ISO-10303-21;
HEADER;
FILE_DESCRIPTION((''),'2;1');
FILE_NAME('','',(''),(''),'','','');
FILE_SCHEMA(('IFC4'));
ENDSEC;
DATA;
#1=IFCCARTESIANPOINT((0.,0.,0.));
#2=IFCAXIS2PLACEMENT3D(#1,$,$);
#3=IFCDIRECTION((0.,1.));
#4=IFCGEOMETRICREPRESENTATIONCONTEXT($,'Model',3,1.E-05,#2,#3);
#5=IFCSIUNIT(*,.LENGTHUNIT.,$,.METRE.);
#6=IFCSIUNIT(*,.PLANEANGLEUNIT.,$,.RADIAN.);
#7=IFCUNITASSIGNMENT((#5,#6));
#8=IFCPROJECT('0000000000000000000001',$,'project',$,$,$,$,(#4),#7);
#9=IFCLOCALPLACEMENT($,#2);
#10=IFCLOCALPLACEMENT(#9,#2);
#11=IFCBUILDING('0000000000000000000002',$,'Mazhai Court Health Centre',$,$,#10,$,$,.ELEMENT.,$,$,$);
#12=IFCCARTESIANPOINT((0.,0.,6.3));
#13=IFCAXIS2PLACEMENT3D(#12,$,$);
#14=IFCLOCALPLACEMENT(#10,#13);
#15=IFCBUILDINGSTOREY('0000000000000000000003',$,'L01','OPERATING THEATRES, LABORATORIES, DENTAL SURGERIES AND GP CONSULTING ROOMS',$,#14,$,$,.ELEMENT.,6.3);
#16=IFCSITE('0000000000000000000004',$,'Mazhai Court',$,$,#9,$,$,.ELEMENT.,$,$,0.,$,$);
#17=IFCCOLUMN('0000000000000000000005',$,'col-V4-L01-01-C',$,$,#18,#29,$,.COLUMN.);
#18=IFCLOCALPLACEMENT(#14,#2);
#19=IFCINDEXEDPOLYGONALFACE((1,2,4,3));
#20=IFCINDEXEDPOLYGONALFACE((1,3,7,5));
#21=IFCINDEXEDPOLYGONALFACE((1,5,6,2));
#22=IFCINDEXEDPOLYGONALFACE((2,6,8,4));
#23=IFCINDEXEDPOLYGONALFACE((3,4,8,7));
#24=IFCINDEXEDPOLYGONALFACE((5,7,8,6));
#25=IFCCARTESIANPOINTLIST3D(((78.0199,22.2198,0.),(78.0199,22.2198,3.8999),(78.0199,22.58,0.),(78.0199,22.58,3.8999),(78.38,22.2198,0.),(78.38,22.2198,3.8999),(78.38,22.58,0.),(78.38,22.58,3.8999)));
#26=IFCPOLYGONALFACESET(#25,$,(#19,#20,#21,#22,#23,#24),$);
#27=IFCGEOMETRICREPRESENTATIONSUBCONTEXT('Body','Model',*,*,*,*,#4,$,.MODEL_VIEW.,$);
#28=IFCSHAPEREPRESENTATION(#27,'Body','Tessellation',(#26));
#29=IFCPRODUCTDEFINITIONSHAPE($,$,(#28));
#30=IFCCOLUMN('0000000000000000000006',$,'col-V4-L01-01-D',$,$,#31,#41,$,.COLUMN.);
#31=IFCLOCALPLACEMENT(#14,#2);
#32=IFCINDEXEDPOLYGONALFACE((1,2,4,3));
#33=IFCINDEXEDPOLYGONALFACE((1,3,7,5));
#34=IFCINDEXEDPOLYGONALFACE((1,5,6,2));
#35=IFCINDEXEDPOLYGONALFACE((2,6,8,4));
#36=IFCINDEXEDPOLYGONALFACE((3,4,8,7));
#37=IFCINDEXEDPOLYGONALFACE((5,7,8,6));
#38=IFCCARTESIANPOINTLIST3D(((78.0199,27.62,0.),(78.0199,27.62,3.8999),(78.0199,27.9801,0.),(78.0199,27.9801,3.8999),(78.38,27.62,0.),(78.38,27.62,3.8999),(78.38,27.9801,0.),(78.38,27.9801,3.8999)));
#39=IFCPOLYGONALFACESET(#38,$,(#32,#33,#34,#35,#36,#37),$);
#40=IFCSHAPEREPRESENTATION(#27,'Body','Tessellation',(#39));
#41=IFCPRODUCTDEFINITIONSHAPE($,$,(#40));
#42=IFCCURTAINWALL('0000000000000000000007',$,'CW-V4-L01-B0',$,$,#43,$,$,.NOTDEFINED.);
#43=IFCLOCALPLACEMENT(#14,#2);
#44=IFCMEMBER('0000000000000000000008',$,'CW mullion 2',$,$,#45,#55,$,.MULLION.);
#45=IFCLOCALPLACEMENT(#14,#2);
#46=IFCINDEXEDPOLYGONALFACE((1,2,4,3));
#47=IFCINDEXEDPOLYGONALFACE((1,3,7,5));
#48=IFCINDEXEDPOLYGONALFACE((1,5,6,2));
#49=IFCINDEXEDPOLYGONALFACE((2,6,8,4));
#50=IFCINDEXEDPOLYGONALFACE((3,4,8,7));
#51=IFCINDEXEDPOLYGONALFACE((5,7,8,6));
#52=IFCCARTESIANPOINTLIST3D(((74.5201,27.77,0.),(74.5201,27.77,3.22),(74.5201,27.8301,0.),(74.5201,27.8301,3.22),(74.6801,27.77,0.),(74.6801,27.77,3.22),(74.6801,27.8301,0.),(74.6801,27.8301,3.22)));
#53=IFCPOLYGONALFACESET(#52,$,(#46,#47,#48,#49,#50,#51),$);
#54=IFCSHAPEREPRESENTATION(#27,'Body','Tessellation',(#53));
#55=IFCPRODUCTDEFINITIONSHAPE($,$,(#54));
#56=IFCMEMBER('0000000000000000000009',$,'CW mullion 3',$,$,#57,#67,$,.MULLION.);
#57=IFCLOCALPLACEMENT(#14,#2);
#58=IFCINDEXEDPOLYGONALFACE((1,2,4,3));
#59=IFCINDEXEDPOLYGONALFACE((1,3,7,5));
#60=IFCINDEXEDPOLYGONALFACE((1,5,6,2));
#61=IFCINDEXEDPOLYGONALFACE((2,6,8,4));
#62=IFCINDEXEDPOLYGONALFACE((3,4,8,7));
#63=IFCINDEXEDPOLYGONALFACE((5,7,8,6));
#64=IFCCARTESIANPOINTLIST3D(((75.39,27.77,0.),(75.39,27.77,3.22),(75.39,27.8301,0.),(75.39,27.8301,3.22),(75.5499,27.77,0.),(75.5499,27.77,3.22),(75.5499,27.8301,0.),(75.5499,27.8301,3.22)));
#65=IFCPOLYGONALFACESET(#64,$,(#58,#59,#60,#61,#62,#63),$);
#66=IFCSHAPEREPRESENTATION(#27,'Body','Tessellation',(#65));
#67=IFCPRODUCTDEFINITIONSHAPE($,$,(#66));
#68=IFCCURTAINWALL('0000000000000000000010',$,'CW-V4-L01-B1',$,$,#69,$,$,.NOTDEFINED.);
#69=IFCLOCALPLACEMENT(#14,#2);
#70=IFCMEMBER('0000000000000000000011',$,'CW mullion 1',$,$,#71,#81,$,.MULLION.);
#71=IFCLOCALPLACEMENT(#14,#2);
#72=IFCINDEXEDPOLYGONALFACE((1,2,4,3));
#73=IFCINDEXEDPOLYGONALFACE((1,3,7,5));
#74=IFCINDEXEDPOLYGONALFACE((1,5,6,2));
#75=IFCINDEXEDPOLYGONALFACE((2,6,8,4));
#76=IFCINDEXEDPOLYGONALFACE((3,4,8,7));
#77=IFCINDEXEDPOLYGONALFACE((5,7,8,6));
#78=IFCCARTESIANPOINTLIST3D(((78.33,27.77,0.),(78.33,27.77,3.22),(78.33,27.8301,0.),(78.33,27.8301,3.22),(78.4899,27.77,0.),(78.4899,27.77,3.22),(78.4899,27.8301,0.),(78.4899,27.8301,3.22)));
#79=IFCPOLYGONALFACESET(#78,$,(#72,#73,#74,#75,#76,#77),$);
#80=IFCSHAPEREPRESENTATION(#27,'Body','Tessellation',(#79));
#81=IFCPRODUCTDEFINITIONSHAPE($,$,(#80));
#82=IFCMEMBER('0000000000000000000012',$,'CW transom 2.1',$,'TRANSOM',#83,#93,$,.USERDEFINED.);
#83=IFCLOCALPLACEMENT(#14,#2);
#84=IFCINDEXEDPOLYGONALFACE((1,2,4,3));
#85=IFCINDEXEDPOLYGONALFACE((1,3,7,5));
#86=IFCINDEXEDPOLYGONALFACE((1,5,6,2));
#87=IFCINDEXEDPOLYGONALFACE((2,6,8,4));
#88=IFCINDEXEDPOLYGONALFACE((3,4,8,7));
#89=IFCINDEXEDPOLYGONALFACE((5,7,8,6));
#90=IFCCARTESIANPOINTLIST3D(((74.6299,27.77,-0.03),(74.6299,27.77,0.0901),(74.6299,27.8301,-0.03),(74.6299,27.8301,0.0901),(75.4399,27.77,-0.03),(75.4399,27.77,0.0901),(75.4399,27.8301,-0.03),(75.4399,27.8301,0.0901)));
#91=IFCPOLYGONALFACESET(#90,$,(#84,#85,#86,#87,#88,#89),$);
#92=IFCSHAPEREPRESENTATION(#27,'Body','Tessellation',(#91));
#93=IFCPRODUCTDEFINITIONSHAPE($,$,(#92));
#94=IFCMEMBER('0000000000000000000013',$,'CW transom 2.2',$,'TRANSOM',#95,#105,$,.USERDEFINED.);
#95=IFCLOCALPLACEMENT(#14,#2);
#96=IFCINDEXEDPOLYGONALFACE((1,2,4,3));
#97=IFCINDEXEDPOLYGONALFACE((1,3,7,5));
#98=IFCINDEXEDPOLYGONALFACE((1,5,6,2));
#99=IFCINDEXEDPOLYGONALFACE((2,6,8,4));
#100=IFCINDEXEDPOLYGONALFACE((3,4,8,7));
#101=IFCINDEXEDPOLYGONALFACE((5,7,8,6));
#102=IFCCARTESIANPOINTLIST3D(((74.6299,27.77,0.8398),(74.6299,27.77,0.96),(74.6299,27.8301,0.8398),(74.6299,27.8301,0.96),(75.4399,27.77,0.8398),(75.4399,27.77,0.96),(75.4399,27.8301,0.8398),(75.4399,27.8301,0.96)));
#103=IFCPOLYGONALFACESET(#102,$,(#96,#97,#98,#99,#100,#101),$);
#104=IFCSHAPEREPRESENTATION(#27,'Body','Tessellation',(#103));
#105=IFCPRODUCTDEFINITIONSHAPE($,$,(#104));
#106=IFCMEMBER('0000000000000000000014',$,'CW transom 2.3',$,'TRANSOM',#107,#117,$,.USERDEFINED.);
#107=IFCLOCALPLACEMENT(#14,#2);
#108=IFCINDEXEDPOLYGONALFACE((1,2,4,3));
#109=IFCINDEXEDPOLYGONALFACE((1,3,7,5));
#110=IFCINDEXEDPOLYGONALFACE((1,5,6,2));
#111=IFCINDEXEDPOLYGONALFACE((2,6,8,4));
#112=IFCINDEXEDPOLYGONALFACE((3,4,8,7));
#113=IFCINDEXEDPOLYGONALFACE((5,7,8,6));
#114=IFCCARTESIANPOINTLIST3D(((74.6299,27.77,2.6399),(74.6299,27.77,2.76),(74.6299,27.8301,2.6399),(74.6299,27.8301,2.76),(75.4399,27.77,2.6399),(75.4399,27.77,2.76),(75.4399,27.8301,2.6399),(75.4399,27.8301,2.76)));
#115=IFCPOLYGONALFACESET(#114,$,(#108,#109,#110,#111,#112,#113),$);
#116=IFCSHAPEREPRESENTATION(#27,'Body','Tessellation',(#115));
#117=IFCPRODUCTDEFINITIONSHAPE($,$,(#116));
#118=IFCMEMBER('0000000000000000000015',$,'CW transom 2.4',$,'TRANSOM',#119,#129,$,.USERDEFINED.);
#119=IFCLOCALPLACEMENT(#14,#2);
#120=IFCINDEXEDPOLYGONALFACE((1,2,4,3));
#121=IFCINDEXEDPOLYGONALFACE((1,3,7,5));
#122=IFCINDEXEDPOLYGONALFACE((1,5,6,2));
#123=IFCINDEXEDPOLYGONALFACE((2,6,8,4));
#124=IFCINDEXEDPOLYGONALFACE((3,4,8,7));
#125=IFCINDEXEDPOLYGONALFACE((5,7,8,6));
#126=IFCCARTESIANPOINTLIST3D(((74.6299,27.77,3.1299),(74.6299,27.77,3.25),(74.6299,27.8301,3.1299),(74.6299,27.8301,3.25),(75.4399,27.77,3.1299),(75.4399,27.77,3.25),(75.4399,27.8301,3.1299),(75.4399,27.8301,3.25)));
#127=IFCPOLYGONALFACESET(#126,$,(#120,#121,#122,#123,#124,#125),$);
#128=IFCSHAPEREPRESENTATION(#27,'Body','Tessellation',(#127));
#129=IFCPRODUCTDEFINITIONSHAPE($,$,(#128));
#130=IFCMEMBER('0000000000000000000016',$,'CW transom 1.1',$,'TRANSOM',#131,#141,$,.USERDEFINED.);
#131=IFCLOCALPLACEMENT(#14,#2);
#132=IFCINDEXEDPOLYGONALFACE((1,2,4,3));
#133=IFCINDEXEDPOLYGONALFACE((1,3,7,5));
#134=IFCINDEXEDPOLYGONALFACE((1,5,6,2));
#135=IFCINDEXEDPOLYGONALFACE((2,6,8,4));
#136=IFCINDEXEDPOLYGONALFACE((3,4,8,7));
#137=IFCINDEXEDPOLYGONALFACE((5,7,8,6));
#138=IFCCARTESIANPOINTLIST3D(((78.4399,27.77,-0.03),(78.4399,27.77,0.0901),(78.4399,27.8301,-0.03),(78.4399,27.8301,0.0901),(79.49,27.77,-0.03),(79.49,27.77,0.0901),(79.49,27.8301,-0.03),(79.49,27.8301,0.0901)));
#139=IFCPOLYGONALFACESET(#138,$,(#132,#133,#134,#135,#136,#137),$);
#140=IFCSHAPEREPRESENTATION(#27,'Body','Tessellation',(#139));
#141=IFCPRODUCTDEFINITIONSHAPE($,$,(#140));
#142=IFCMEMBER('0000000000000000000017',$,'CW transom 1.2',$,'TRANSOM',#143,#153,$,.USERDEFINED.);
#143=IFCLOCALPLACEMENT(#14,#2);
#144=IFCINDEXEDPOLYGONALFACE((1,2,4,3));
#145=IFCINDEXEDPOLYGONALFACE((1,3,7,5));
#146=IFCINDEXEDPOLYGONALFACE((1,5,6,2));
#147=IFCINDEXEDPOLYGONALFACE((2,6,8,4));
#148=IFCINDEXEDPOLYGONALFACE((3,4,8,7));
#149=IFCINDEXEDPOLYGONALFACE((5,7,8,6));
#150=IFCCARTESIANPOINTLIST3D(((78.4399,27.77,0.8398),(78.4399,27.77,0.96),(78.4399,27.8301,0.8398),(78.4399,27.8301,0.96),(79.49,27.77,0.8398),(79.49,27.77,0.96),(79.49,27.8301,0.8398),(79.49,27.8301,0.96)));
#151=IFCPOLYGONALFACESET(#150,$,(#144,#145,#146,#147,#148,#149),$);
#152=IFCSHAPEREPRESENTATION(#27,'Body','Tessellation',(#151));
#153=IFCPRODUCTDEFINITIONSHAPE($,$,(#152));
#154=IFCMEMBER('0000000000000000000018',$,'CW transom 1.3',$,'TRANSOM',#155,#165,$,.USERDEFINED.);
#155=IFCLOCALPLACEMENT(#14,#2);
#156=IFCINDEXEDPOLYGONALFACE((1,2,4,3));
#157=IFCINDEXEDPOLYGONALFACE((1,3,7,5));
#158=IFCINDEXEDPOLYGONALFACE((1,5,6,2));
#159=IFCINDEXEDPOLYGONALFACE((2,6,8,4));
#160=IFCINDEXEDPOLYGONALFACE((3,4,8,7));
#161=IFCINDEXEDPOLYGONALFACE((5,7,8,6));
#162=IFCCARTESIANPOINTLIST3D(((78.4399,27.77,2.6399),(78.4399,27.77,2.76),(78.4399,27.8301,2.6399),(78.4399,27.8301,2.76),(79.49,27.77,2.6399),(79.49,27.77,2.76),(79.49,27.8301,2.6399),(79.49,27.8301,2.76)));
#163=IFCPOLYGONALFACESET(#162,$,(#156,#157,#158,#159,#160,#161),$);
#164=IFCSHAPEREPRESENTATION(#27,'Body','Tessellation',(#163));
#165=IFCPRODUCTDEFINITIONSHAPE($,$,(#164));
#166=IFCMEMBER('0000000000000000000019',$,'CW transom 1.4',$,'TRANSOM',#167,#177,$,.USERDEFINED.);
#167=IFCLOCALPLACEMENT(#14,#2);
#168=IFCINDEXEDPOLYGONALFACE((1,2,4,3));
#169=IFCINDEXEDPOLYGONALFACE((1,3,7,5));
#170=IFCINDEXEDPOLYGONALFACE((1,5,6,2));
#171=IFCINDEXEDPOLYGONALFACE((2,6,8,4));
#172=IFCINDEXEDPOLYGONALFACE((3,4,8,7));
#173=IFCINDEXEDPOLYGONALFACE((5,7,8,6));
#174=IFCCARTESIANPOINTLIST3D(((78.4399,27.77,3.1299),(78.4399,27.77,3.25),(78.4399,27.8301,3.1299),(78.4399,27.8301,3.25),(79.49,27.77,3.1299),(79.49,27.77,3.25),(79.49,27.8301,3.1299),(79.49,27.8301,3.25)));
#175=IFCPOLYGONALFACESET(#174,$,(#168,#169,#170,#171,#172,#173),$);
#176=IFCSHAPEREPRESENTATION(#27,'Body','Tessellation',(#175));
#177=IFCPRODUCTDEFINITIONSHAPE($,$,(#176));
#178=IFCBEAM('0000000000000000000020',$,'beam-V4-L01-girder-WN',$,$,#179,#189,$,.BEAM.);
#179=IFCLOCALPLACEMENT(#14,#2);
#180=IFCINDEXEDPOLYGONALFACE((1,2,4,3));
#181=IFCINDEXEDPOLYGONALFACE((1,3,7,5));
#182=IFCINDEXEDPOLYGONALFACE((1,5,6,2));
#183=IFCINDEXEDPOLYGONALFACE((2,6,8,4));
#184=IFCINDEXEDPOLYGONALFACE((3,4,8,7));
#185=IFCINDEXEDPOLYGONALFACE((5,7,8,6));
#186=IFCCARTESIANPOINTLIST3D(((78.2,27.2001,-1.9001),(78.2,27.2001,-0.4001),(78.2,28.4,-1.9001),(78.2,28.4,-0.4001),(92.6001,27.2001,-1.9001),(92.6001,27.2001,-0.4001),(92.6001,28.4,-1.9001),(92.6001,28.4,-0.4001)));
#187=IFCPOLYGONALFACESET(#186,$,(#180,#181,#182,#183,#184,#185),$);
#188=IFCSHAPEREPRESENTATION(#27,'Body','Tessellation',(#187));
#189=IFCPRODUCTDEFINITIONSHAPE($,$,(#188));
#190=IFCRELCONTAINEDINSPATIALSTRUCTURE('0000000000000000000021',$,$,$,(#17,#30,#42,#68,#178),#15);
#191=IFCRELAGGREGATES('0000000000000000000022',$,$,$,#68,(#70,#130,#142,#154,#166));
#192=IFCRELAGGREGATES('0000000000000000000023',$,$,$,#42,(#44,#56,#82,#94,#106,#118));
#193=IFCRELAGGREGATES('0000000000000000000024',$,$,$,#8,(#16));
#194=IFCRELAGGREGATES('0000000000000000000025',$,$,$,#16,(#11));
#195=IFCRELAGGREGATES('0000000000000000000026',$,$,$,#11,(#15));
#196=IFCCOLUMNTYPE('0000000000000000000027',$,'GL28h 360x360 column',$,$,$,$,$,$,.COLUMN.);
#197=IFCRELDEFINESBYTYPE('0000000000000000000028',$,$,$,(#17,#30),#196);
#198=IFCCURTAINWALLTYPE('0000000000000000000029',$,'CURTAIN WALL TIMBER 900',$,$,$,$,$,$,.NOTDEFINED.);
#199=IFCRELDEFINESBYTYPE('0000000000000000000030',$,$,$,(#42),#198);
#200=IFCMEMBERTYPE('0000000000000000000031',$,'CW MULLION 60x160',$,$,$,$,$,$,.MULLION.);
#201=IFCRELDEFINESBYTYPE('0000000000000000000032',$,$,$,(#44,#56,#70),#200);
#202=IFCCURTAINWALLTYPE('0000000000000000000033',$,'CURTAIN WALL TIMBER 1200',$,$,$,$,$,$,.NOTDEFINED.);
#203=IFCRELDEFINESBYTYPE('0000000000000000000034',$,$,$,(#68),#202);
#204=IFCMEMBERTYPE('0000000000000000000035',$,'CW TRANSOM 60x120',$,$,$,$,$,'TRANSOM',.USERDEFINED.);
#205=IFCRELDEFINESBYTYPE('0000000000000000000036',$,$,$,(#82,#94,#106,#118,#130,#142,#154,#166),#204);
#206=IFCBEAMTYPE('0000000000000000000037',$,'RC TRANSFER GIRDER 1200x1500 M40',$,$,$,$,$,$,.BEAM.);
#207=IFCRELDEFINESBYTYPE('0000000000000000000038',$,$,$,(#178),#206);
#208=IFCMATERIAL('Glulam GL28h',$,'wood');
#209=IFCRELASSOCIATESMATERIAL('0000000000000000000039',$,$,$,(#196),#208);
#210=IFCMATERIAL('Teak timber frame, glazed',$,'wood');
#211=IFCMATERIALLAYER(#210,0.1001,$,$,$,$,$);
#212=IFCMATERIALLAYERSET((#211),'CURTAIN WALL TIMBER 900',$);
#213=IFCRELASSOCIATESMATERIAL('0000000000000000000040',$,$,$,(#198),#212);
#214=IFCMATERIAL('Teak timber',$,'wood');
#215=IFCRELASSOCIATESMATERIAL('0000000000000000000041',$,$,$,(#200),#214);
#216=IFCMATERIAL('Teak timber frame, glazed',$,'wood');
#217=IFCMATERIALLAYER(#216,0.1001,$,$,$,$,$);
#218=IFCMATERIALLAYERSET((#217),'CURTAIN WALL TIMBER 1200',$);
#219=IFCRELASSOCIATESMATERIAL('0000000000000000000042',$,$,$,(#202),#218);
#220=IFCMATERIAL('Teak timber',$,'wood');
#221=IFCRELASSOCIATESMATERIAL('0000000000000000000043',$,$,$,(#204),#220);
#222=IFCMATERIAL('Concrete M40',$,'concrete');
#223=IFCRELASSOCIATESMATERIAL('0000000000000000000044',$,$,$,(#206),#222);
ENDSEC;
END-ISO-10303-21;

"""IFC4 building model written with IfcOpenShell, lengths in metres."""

from ifc_helpers import new_model, si_unit, direction, frame, origin, origin_2d, place, context, subcontext, project, spatial, rectangle, extrude, material, layer, layer_set, material_profile, profile_set, type_object, element, aggregate, save


model = new_model("IFC4")

# Units and contexts
model_context = context("Model", 3, precision=1e-05, world=origin(), true_north=direction((0.0, 1.0)))
body_context = subcontext(model_context, "Body", "Model", "MODEL_VIEW")
ifc_project = project(units=[si_unit("LENGTHUNIT", "METRE"), si_unit("PLANEANGLEUNIT", "RADIAN")], contexts=[model_context])

# Site, building, storey
site_placement = place(None, origin())
site = spatial("IfcSite", under=ifc_project, at=site_placement, Name="Mazhai Court", CompositionType="ELEMENT", RefElevation=0.0)
building_placement = place(site_placement, origin())
building = spatial("IfcBuilding", under=site, at=building_placement, Name="Mazhai Court Health Centre", CompositionType="ELEMENT")
storey_placement = place(building_placement, frame((0.0, 0.0, 6.3)))
storey = spatial("IfcBuildingStorey", under=building, at=storey_placement, Name="L01", Description="OPERATING THEATRES, LABORATORIES, DENTAL SURGERIES AND GP CONSULTING ROOMS", CompositionType="ELEMENT", Elevation=6.3)

# Columns
ifc_material_1 = material(Name="Glulam GL28h", Category="wood")
ifc_material_profile_1 = material_profile(ifc_material_1, rectangle(XDim=0.3601, YDim=0.3601, at=origin_2d()), Name="GL28h 360x360")
ifc_profile_set_1 = profile_set([ifc_material_profile_1], Name="Glulam GL28h")
column_type = type_object("IfcColumnType", Name="GL28h 360x360 column", PredefinedType="COLUMN", material=ifc_profile_set_1)
for number, where, z_axis, x_axis, name in (
    (1, (78.2, 22.3999, 0.0), (0.0, 0.0, 1.0), (1.0, 0.0, 0.0), "col-V4-L01-01-C"),
    (2, (78.2, 27.8, 0.0), (0.0, 0.0, 1.0), (1.0, 0.0, 0.0), "col-V4-L01-01-D"),
):
    element("IfcColumn", number, at=place(storey_placement, frame(where, z_axis=z_axis, x_axis=x_axis)), inside=storey, type_object=column_type, Name=name, PredefinedType="COLUMN", context=body_context, shape_type="SweptSolid", body=[
        extrude(rectangle(XDim=0.3601, YDim=0.3601, at=origin_2d()), origin(), (0.0, 0.0, 1.0), 3.8999),
    ])

# Curtain wall, members
ifc_material_2 = material(Name="Teak timber frame, glazed", Category="wood")
ifc_layer_1 = layer(ifc_material_2, 0.1001)
ifc_layer_set_1 = layer_set([ifc_layer_1], Name="CURTAIN WALL TIMBER 900")
curtain_wall_type_1 = type_object("IfcCurtainWallType", Name="CURTAIN WALL TIMBER 900", PredefinedType="NOTDEFINED", material=ifc_layer_set_1)
curtain_wall_1_placement = place(storey_placement, origin())
curtain_wall_1 = element("IfcCurtainWall", 3, at=curtain_wall_1_placement, inside=storey, type_object=curtain_wall_type_1, Name="CW-V4-L01-B0", PredefinedType="NOTDEFINED")
ifc_material_3 = material(Name="Teak timber", Category="wood")
ifc_material_profile_2 = material_profile(ifc_material_3, rectangle(XDim=0.0601, YDim=0.1599, at=origin_2d()), Name="CW MULLION 60x160")
ifc_profile_set_2 = profile_set([ifc_material_profile_2], Name="Teak timber")
member_type_1 = type_object("IfcMemberType", Name="CW MULLION 60x160", PredefinedType="MULLION", material=ifc_profile_set_2)
member_1_placement = place(storey_placement, frame((74.6001, 27.8, 0.0), z_axis=(0.0, 0.0, 1.0), x_axis=(0.0, 1.0, 0.0)))
member_1 = element("IfcMember", 4, at=member_1_placement, type_object=member_type_1, Name="CW mullion 2", PredefinedType="MULLION", context=body_context, shape_type="SweptSolid", body=[
    extrude(rectangle(XDim=0.0601, YDim=0.1599, at=origin_2d()), origin(), (0.0, 0.0, 1.0), 3.22),
])
member_2_placement = place(storey_placement, frame((75.47, 27.8, 0.0), z_axis=(0.0, 0.0, 1.0), x_axis=(0.0, 1.0, 0.0)))
member_2 = element("IfcMember", 5, at=member_2_placement, type_object=member_type_1, Name="CW mullion 3", PredefinedType="MULLION", context=body_context, shape_type="SweptSolid", body=[
    extrude(rectangle(XDim=0.0601, YDim=0.1599, at=origin_2d()), origin(), (0.0, 0.0, 1.0), 3.22),
])

# Curtain wall, member
ifc_material_4 = material(Name="Teak timber frame, glazed", Category="wood")
ifc_layer_2 = layer(ifc_material_4, 0.1001)
ifc_layer_set_2 = layer_set([ifc_layer_2], Name="CURTAIN WALL TIMBER 1200")
curtain_wall_type_2 = type_object("IfcCurtainWallType", Name="CURTAIN WALL TIMBER 1200", PredefinedType="NOTDEFINED", material=ifc_layer_set_2)
curtain_wall_2_placement = place(storey_placement, origin())
curtain_wall_2 = element("IfcCurtainWall", 6, at=curtain_wall_2_placement, inside=storey, type_object=curtain_wall_type_2, Name="CW-V4-L01-B1", PredefinedType="NOTDEFINED")
member_3_placement = place(storey_placement, frame((78.4099, 27.8, 0.0), z_axis=(0.0, 0.0, 1.0), x_axis=(0.0, 1.0, 0.0)))
member_3 = element("IfcMember", 7, at=member_3_placement, type_object=member_type_1, Name="CW mullion 1", PredefinedType="MULLION", context=body_context, shape_type="SweptSolid", body=[
    extrude(rectangle(XDim=0.0601, YDim=0.1599, at=origin_2d()), origin(), (0.0, 0.0, 1.0), 3.22),
])

# Members
ifc_material_5 = material(Name="Teak timber", Category="wood")
ifc_material_profile_3 = material_profile(ifc_material_5, rectangle(XDim=0.0601, YDim=0.1201, at=origin_2d()), Name="CW TRANSOM 60x120")
ifc_profile_set_3 = profile_set([ifc_material_profile_3], Name="Teak timber")
member_type_2 = type_object("IfcMemberType", Name="CW TRANSOM 60x120", ElementType="TRANSOM", PredefinedType="USERDEFINED", material=ifc_profile_set_3)
member_4_placement = place(storey_placement, frame((74.6299, 27.8, 0.03), z_axis=(1.0, 0.0, 0.0), x_axis=(0.0, 1.0, 0.0)))
member_4 = element("IfcMember", 8, at=member_4_placement, type_object=member_type_2, Name="CW transom 2.1", ObjectType="TRANSOM", PredefinedType="USERDEFINED", context=body_context, shape_type="SweptSolid", body=[
    extrude(rectangle(XDim=0.0601, YDim=0.1201, at=origin_2d()), origin(), (0.0, 0.0, 1.0), 0.8101),
])
member_5_placement = place(storey_placement, frame((74.6299, 27.8, 0.8999), z_axis=(1.0, 0.0, 0.0), x_axis=(0.0, 1.0, 0.0)))
member_5 = element("IfcMember", 9, at=member_5_placement, type_object=member_type_2, Name="CW transom 2.2", ObjectType="TRANSOM", PredefinedType="USERDEFINED", context=body_context, shape_type="SweptSolid", body=[
    extrude(rectangle(XDim=0.0601, YDim=0.1201, at=origin_2d()), origin(), (0.0, 0.0, 1.0), 0.8101),
])
member_6_placement = place(storey_placement, frame((74.6299, 27.8, 2.7), z_axis=(1.0, 0.0, 0.0), x_axis=(0.0, 1.0, 0.0)))
member_6 = element("IfcMember", 10, at=member_6_placement, type_object=member_type_2, Name="CW transom 2.3", ObjectType="TRANSOM", PredefinedType="USERDEFINED", context=body_context, shape_type="SweptSolid", body=[
    extrude(rectangle(XDim=0.0601, YDim=0.1201, at=origin_2d()), origin(), (0.0, 0.0, 1.0), 0.8101),
])
member_7_placement = place(storey_placement, frame((74.6299, 27.8, 3.1899), z_axis=(1.0, 0.0, 0.0), x_axis=(0.0, 1.0, 0.0)))
member_7 = element("IfcMember", 11, at=member_7_placement, type_object=member_type_2, Name="CW transom 2.4", ObjectType="TRANSOM", PredefinedType="USERDEFINED", context=body_context, shape_type="SweptSolid", body=[
    extrude(rectangle(XDim=0.0601, YDim=0.1201, at=origin_2d()), origin(), (0.0, 0.0, 1.0), 0.8101),
])
member_8_placement = place(storey_placement, frame((78.4399, 27.8, 0.03), z_axis=(1.0, 0.0, 0.0), x_axis=(0.0, 1.0, 0.0)))
member_8 = element("IfcMember", 12, at=member_8_placement, type_object=member_type_2, Name="CW transom 1.1", ObjectType="TRANSOM", PredefinedType="USERDEFINED", context=body_context, shape_type="SweptSolid", body=[
    extrude(rectangle(XDim=0.0601, YDim=0.1201, at=origin_2d()), origin(), (0.0, 0.0, 1.0), 1.05),
])
member_9_placement = place(storey_placement, frame((78.4399, 27.8, 0.8999), z_axis=(1.0, 0.0, 0.0), x_axis=(0.0, 1.0, 0.0)))
member_9 = element("IfcMember", 13, at=member_9_placement, type_object=member_type_2, Name="CW transom 1.2", ObjectType="TRANSOM", PredefinedType="USERDEFINED", context=body_context, shape_type="SweptSolid", body=[
    extrude(rectangle(XDim=0.0601, YDim=0.1201, at=origin_2d()), origin(), (0.0, 0.0, 1.0), 1.05),
])
member_10_placement = place(storey_placement, frame((78.4399, 27.8, 2.7), z_axis=(1.0, 0.0, 0.0), x_axis=(0.0, 1.0, 0.0)))
member_10 = element("IfcMember", 14, at=member_10_placement, type_object=member_type_2, Name="CW transom 1.3", ObjectType="TRANSOM", PredefinedType="USERDEFINED", context=body_context, shape_type="SweptSolid", body=[
    extrude(rectangle(XDim=0.0601, YDim=0.1201, at=origin_2d()), origin(), (0.0, 0.0, 1.0), 1.05),
])
member_11_placement = place(storey_placement, frame((78.4399, 27.8, 3.1899), z_axis=(1.0, 0.0, 0.0), x_axis=(0.0, 1.0, 0.0)))
member_11 = element("IfcMember", 15, at=member_11_placement, type_object=member_type_2, Name="CW transom 1.4", ObjectType="TRANSOM", PredefinedType="USERDEFINED", context=body_context, shape_type="SweptSolid", body=[
    extrude(rectangle(XDim=0.0601, YDim=0.1201, at=origin_2d()), origin(), (0.0, 0.0, 1.0), 1.05),
])
aggregate(curtain_wall_2, [member_3, member_8, member_9, member_10, member_11])

# Beam
ifc_material_6 = material(Name="Concrete M40", Category="concrete")
ifc_material_profile_4 = material_profile(ifc_material_6, rectangle(XDim=1.2, YDim=1.5, at=origin_2d()), Name="RC 1200x1500")
ifc_profile_set_4 = profile_set([ifc_material_profile_4], Name="Concrete M40")
beam_type = type_object("IfcBeamType", Name="RC TRANSFER GIRDER 1200x1500 M40", PredefinedType="BEAM", material=ifc_profile_set_4)
beam_placement = place(storey_placement, frame((78.2, 27.8, -1.1501), z_axis=(1.0, 0.0, 0.0), x_axis=(0.0, 1.0, 0.0)))
element("IfcBeam", 16, at=beam_placement, inside=storey, type_object=beam_type, Name="beam-V4-L01-girder-WN", PredefinedType="BEAM", context=body_context, shape_type="SweptSolid", body=[
    extrude(rectangle(XDim=1.2, YDim=1.5, at=origin_2d()), origin(), (0.0, 0.0, 1.0), 14.4001),
])

aggregate(curtain_wall_1, [member_1, member_2, member_4, member_5, member_6, member_7])

save(model, "model.ifc")
